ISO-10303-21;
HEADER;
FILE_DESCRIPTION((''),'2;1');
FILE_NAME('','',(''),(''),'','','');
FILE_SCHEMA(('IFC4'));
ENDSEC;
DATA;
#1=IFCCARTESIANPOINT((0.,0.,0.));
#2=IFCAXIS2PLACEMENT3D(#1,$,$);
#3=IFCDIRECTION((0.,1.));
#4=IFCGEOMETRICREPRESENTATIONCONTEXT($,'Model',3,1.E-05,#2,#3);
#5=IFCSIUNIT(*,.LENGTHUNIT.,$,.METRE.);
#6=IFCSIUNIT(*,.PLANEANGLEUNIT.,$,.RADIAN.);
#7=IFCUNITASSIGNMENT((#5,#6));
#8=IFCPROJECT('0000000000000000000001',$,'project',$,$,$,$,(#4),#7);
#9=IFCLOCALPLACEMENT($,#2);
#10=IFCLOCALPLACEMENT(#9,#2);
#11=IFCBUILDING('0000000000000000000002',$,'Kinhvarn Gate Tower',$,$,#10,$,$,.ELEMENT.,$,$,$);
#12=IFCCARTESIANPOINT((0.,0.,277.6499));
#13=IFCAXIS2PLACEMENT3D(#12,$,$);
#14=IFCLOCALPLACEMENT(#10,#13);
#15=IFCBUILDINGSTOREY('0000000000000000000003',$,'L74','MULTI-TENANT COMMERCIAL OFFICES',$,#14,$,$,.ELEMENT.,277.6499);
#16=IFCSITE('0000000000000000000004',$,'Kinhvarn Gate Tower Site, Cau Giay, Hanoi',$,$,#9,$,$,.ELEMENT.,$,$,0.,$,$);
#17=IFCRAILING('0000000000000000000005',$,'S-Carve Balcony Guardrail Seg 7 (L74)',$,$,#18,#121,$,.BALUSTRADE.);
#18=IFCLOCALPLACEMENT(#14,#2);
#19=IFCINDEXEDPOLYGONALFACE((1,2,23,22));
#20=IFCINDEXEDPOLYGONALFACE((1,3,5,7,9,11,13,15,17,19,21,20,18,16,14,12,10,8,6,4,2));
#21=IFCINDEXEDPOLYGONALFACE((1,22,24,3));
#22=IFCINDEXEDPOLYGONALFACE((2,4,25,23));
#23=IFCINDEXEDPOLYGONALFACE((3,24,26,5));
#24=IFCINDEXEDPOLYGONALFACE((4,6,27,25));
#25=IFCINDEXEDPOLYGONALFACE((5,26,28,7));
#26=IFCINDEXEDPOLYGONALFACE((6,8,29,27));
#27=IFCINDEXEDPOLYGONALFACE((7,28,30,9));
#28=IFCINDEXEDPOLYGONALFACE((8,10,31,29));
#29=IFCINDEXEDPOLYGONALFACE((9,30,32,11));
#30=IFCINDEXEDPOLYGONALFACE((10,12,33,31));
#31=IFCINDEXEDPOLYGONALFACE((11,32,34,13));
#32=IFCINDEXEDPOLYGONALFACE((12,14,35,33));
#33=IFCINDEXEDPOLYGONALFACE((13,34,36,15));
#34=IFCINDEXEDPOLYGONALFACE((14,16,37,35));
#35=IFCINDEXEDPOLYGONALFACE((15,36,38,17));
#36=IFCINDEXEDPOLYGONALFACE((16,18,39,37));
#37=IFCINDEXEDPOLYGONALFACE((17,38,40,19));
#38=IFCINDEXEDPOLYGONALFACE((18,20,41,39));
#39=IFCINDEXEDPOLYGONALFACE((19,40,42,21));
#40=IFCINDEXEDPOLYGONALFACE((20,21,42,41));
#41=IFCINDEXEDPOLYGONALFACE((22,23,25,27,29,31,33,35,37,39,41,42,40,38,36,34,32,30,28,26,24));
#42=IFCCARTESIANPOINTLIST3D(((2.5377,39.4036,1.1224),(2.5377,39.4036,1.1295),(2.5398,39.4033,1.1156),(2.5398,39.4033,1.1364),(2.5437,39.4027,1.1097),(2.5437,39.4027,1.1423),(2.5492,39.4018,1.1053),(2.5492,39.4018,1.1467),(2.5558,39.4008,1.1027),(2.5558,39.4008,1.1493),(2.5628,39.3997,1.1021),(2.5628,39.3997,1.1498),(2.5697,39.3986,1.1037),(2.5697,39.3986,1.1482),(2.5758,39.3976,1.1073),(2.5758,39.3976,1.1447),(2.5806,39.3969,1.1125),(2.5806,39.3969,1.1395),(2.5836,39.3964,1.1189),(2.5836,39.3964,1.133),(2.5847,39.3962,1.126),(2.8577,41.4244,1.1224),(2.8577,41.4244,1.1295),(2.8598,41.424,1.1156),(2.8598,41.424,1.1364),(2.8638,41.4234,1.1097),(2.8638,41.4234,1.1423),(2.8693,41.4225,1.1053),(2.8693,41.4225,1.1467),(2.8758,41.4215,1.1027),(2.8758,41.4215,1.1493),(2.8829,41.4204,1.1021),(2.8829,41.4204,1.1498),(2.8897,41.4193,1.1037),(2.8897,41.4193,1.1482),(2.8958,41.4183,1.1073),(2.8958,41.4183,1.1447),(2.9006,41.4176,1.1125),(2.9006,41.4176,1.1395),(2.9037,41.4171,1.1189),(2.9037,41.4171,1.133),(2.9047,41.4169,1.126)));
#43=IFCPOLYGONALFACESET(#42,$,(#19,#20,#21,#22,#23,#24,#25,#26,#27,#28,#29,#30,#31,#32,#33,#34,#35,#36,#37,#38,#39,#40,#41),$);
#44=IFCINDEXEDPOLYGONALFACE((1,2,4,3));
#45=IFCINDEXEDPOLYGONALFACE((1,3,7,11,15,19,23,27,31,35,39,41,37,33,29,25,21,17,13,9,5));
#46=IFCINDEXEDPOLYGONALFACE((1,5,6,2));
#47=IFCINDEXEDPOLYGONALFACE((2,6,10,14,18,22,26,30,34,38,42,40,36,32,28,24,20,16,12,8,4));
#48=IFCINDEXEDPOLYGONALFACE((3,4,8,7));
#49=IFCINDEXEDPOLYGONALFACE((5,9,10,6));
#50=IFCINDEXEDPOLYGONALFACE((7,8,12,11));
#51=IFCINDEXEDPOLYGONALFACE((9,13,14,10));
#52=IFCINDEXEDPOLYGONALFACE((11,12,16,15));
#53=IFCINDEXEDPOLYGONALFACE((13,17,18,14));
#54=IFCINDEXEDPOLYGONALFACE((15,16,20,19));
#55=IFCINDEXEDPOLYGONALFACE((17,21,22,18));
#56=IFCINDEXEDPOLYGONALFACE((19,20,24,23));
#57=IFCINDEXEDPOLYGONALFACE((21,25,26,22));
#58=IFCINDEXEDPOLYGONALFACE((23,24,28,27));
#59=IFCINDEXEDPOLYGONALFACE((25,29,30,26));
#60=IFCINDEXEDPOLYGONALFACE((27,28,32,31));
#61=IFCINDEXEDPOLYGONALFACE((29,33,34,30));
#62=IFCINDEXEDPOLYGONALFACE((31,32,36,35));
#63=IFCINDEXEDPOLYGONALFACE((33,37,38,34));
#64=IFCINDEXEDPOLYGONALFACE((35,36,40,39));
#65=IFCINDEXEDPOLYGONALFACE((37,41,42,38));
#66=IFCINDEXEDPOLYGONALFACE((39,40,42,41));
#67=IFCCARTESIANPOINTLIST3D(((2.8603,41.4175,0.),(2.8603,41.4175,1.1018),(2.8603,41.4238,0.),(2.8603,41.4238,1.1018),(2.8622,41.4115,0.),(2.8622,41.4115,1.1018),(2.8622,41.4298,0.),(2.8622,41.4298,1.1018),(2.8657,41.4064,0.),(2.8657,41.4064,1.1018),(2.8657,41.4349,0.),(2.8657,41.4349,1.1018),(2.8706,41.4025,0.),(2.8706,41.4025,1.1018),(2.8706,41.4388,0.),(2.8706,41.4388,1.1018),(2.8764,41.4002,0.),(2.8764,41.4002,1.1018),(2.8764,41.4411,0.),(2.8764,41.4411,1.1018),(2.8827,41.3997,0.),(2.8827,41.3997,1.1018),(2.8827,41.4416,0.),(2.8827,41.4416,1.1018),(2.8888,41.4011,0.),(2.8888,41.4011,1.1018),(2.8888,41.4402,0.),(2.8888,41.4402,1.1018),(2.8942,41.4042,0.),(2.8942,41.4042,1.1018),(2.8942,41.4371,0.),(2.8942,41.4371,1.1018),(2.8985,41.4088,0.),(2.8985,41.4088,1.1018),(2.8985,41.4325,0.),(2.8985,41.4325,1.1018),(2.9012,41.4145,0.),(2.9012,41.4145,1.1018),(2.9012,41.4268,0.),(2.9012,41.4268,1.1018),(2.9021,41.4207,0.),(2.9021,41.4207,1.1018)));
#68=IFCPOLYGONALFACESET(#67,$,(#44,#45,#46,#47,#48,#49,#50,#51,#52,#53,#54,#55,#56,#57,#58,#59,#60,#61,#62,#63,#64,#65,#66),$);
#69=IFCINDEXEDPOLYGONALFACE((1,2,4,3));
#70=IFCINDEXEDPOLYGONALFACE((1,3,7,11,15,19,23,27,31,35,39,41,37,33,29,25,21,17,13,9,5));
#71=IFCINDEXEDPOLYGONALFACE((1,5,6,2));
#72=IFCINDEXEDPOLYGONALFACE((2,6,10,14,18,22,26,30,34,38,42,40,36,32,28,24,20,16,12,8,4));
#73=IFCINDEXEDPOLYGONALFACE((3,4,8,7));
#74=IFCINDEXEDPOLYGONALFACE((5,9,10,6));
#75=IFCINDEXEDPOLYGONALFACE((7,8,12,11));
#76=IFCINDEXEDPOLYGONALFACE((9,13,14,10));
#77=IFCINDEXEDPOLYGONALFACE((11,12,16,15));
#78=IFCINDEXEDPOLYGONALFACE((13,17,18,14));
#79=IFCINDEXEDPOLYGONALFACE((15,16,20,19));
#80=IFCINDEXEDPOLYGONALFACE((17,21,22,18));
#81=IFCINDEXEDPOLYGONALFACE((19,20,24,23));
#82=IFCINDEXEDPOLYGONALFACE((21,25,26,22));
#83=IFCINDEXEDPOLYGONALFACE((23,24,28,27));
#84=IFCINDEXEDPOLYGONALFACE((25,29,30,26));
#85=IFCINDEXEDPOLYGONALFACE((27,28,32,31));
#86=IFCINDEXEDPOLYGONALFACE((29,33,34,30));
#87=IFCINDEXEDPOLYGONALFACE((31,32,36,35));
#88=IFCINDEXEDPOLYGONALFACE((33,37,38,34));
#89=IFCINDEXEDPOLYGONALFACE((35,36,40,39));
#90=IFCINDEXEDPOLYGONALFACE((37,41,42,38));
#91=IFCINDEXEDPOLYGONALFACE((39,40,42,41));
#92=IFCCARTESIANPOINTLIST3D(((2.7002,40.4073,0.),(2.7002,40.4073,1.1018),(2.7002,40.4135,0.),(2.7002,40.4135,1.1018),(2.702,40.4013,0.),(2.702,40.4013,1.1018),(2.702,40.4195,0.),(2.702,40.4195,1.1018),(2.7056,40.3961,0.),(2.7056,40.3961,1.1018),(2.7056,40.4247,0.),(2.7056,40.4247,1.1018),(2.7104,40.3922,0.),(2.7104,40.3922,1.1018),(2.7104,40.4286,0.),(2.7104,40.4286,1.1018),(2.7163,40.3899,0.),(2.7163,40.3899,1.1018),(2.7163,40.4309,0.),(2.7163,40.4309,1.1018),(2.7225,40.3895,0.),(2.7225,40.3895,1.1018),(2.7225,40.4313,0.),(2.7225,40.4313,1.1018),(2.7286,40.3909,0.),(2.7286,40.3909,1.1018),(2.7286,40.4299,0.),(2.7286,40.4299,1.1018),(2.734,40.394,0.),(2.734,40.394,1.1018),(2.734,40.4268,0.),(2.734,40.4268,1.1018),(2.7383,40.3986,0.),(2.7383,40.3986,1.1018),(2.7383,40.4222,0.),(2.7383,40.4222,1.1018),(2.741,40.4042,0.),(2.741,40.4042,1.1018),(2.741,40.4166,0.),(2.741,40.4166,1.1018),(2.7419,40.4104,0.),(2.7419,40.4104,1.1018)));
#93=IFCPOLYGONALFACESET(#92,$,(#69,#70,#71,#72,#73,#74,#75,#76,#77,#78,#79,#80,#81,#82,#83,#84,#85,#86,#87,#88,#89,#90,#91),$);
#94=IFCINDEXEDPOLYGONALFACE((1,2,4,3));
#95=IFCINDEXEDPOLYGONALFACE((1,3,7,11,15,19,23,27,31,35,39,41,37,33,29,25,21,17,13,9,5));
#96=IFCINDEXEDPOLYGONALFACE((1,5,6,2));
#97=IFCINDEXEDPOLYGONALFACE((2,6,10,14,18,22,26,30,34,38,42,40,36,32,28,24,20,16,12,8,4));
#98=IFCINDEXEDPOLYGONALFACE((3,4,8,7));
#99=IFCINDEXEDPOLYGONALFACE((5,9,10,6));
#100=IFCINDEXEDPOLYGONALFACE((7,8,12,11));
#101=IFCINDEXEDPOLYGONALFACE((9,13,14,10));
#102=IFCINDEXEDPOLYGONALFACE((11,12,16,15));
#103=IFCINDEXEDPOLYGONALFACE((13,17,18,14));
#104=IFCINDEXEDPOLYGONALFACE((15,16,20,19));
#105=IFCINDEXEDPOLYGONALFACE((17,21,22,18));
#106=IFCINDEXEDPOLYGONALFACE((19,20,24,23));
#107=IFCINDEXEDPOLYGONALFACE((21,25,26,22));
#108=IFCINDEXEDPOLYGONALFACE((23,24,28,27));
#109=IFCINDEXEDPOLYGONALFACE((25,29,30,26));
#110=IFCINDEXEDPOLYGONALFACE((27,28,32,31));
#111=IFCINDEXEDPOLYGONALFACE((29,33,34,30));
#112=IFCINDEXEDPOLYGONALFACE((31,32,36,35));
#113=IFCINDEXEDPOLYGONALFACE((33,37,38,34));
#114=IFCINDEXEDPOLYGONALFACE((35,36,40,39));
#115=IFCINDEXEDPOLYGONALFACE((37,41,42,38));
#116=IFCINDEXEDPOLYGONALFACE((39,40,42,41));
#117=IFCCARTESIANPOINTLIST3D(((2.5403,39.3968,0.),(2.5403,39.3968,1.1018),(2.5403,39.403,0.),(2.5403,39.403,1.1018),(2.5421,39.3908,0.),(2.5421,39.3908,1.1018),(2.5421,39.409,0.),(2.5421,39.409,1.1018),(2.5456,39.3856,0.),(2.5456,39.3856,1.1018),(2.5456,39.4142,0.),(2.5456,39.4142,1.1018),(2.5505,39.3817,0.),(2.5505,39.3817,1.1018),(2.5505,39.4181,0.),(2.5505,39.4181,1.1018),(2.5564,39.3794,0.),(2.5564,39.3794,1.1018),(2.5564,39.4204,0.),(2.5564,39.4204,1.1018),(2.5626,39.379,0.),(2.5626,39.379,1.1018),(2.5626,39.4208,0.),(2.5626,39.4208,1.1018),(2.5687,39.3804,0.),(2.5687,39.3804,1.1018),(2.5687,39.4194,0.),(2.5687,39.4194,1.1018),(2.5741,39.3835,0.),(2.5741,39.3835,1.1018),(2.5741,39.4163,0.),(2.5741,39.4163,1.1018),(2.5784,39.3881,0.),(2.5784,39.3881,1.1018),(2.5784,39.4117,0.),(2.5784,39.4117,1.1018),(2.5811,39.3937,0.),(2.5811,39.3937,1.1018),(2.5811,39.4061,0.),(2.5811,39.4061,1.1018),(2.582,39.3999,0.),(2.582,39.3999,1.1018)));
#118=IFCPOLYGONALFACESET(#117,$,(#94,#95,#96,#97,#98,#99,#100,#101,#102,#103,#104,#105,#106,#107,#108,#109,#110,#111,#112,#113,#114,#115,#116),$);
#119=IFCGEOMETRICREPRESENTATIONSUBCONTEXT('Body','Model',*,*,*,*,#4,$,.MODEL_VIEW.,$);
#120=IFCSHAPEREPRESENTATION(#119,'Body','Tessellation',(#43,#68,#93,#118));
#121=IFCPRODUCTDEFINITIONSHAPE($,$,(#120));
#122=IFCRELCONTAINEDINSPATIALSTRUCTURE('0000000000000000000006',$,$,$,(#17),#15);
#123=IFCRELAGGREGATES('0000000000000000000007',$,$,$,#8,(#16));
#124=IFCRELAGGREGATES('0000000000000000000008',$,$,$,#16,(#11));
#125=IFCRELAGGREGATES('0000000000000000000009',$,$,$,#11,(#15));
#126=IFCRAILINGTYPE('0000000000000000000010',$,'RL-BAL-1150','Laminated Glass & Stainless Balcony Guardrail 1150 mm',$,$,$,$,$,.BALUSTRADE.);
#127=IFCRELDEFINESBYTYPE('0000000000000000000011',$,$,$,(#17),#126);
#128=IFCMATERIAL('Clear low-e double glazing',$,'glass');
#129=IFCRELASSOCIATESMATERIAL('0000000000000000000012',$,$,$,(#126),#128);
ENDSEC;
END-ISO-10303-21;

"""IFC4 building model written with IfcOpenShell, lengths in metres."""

from ifc_helpers import new_model, si_unit, direction, frame, origin, origin_2d, place, context, subcontext, project, spatial, circle, extrude, material, type_object, element, save


model = new_model("IFC4")

# Units and contexts
model_context = context("Model", 3, precision=1e-05, world=origin(), true_north=direction((0.0, 1.0)))
body_context = subcontext(model_context, "Body", "Model", "MODEL_VIEW")
ifc_project = project(units=[si_unit("LENGTHUNIT", "METRE"), si_unit("PLANEANGLEUNIT", "RADIAN")], contexts=[model_context])

# Site, building, storey
site_placement = place(None, origin())
site = spatial("IfcSite", under=ifc_project, at=site_placement, Name="Kinhvarn Gate Tower Site, Cau Giay, Hanoi", CompositionType="ELEMENT", RefElevation=0.0)
building_placement = place(site_placement, origin())
building = spatial("IfcBuilding", under=site, at=building_placement, Name="Kinhvarn Gate Tower", CompositionType="ELEMENT")
storey_placement = place(building_placement, frame((0.0, 0.0, 277.6499)))
storey = spatial("IfcBuildingStorey", under=building, at=storey_placement, Name="L74", Description="MULTI-TENANT COMMERCIAL OFFICES", CompositionType="ELEMENT", Elevation=277.6499)

# Shared definitions
ifc_material_1 = material(Name="Clear low-e double glazing", Category="glass")

# Railing
railing_type = type_object("IfcRailingType", Name="RL-BAL-1150", Description="Laminated Glass & Stainless Balcony Guardrail 1150 mm", PredefinedType="BALUSTRADE", material=ifc_material_1)
railing_1_placement = place(storey_placement, frame((2.8811, 41.4207, 0.0)))
element("IfcRailing", 1, at=railing_1_placement, inside=storey, type_object=railing_type, Name="S-Carve Balcony Guardrail Seg 7 (L74)", PredefinedType="BALUSTRADE", context=body_context, shape_type="SweptSolid", body=[
    extrude(circle(Radius=0.0239, at=origin_2d()), frame((0.0, 0.0, 1.126), z_axis=(-0.156441, -0.987687, 0.0), x_axis=(0.987687, -0.156441, 0.0)), (0.0, 0.0, 1.0), 2.0459),
    extrude(circle(Radius=0.021, at=origin_2d()), origin(), (0.0, 0.0, 1.0), 1.1018),
    extrude(circle(Radius=0.021, at=origin_2d()), frame((-0.1602, -1.0103, 0.0)), (0.0, 0.0, 1.0), 1.1018),
    extrude(circle(Radius=0.021, at=origin_2d()), frame((-0.3201, -2.0208, 0.0)), (0.0, 0.0, 1.0), 1.1018),
])

save(model, "model.ifc")
